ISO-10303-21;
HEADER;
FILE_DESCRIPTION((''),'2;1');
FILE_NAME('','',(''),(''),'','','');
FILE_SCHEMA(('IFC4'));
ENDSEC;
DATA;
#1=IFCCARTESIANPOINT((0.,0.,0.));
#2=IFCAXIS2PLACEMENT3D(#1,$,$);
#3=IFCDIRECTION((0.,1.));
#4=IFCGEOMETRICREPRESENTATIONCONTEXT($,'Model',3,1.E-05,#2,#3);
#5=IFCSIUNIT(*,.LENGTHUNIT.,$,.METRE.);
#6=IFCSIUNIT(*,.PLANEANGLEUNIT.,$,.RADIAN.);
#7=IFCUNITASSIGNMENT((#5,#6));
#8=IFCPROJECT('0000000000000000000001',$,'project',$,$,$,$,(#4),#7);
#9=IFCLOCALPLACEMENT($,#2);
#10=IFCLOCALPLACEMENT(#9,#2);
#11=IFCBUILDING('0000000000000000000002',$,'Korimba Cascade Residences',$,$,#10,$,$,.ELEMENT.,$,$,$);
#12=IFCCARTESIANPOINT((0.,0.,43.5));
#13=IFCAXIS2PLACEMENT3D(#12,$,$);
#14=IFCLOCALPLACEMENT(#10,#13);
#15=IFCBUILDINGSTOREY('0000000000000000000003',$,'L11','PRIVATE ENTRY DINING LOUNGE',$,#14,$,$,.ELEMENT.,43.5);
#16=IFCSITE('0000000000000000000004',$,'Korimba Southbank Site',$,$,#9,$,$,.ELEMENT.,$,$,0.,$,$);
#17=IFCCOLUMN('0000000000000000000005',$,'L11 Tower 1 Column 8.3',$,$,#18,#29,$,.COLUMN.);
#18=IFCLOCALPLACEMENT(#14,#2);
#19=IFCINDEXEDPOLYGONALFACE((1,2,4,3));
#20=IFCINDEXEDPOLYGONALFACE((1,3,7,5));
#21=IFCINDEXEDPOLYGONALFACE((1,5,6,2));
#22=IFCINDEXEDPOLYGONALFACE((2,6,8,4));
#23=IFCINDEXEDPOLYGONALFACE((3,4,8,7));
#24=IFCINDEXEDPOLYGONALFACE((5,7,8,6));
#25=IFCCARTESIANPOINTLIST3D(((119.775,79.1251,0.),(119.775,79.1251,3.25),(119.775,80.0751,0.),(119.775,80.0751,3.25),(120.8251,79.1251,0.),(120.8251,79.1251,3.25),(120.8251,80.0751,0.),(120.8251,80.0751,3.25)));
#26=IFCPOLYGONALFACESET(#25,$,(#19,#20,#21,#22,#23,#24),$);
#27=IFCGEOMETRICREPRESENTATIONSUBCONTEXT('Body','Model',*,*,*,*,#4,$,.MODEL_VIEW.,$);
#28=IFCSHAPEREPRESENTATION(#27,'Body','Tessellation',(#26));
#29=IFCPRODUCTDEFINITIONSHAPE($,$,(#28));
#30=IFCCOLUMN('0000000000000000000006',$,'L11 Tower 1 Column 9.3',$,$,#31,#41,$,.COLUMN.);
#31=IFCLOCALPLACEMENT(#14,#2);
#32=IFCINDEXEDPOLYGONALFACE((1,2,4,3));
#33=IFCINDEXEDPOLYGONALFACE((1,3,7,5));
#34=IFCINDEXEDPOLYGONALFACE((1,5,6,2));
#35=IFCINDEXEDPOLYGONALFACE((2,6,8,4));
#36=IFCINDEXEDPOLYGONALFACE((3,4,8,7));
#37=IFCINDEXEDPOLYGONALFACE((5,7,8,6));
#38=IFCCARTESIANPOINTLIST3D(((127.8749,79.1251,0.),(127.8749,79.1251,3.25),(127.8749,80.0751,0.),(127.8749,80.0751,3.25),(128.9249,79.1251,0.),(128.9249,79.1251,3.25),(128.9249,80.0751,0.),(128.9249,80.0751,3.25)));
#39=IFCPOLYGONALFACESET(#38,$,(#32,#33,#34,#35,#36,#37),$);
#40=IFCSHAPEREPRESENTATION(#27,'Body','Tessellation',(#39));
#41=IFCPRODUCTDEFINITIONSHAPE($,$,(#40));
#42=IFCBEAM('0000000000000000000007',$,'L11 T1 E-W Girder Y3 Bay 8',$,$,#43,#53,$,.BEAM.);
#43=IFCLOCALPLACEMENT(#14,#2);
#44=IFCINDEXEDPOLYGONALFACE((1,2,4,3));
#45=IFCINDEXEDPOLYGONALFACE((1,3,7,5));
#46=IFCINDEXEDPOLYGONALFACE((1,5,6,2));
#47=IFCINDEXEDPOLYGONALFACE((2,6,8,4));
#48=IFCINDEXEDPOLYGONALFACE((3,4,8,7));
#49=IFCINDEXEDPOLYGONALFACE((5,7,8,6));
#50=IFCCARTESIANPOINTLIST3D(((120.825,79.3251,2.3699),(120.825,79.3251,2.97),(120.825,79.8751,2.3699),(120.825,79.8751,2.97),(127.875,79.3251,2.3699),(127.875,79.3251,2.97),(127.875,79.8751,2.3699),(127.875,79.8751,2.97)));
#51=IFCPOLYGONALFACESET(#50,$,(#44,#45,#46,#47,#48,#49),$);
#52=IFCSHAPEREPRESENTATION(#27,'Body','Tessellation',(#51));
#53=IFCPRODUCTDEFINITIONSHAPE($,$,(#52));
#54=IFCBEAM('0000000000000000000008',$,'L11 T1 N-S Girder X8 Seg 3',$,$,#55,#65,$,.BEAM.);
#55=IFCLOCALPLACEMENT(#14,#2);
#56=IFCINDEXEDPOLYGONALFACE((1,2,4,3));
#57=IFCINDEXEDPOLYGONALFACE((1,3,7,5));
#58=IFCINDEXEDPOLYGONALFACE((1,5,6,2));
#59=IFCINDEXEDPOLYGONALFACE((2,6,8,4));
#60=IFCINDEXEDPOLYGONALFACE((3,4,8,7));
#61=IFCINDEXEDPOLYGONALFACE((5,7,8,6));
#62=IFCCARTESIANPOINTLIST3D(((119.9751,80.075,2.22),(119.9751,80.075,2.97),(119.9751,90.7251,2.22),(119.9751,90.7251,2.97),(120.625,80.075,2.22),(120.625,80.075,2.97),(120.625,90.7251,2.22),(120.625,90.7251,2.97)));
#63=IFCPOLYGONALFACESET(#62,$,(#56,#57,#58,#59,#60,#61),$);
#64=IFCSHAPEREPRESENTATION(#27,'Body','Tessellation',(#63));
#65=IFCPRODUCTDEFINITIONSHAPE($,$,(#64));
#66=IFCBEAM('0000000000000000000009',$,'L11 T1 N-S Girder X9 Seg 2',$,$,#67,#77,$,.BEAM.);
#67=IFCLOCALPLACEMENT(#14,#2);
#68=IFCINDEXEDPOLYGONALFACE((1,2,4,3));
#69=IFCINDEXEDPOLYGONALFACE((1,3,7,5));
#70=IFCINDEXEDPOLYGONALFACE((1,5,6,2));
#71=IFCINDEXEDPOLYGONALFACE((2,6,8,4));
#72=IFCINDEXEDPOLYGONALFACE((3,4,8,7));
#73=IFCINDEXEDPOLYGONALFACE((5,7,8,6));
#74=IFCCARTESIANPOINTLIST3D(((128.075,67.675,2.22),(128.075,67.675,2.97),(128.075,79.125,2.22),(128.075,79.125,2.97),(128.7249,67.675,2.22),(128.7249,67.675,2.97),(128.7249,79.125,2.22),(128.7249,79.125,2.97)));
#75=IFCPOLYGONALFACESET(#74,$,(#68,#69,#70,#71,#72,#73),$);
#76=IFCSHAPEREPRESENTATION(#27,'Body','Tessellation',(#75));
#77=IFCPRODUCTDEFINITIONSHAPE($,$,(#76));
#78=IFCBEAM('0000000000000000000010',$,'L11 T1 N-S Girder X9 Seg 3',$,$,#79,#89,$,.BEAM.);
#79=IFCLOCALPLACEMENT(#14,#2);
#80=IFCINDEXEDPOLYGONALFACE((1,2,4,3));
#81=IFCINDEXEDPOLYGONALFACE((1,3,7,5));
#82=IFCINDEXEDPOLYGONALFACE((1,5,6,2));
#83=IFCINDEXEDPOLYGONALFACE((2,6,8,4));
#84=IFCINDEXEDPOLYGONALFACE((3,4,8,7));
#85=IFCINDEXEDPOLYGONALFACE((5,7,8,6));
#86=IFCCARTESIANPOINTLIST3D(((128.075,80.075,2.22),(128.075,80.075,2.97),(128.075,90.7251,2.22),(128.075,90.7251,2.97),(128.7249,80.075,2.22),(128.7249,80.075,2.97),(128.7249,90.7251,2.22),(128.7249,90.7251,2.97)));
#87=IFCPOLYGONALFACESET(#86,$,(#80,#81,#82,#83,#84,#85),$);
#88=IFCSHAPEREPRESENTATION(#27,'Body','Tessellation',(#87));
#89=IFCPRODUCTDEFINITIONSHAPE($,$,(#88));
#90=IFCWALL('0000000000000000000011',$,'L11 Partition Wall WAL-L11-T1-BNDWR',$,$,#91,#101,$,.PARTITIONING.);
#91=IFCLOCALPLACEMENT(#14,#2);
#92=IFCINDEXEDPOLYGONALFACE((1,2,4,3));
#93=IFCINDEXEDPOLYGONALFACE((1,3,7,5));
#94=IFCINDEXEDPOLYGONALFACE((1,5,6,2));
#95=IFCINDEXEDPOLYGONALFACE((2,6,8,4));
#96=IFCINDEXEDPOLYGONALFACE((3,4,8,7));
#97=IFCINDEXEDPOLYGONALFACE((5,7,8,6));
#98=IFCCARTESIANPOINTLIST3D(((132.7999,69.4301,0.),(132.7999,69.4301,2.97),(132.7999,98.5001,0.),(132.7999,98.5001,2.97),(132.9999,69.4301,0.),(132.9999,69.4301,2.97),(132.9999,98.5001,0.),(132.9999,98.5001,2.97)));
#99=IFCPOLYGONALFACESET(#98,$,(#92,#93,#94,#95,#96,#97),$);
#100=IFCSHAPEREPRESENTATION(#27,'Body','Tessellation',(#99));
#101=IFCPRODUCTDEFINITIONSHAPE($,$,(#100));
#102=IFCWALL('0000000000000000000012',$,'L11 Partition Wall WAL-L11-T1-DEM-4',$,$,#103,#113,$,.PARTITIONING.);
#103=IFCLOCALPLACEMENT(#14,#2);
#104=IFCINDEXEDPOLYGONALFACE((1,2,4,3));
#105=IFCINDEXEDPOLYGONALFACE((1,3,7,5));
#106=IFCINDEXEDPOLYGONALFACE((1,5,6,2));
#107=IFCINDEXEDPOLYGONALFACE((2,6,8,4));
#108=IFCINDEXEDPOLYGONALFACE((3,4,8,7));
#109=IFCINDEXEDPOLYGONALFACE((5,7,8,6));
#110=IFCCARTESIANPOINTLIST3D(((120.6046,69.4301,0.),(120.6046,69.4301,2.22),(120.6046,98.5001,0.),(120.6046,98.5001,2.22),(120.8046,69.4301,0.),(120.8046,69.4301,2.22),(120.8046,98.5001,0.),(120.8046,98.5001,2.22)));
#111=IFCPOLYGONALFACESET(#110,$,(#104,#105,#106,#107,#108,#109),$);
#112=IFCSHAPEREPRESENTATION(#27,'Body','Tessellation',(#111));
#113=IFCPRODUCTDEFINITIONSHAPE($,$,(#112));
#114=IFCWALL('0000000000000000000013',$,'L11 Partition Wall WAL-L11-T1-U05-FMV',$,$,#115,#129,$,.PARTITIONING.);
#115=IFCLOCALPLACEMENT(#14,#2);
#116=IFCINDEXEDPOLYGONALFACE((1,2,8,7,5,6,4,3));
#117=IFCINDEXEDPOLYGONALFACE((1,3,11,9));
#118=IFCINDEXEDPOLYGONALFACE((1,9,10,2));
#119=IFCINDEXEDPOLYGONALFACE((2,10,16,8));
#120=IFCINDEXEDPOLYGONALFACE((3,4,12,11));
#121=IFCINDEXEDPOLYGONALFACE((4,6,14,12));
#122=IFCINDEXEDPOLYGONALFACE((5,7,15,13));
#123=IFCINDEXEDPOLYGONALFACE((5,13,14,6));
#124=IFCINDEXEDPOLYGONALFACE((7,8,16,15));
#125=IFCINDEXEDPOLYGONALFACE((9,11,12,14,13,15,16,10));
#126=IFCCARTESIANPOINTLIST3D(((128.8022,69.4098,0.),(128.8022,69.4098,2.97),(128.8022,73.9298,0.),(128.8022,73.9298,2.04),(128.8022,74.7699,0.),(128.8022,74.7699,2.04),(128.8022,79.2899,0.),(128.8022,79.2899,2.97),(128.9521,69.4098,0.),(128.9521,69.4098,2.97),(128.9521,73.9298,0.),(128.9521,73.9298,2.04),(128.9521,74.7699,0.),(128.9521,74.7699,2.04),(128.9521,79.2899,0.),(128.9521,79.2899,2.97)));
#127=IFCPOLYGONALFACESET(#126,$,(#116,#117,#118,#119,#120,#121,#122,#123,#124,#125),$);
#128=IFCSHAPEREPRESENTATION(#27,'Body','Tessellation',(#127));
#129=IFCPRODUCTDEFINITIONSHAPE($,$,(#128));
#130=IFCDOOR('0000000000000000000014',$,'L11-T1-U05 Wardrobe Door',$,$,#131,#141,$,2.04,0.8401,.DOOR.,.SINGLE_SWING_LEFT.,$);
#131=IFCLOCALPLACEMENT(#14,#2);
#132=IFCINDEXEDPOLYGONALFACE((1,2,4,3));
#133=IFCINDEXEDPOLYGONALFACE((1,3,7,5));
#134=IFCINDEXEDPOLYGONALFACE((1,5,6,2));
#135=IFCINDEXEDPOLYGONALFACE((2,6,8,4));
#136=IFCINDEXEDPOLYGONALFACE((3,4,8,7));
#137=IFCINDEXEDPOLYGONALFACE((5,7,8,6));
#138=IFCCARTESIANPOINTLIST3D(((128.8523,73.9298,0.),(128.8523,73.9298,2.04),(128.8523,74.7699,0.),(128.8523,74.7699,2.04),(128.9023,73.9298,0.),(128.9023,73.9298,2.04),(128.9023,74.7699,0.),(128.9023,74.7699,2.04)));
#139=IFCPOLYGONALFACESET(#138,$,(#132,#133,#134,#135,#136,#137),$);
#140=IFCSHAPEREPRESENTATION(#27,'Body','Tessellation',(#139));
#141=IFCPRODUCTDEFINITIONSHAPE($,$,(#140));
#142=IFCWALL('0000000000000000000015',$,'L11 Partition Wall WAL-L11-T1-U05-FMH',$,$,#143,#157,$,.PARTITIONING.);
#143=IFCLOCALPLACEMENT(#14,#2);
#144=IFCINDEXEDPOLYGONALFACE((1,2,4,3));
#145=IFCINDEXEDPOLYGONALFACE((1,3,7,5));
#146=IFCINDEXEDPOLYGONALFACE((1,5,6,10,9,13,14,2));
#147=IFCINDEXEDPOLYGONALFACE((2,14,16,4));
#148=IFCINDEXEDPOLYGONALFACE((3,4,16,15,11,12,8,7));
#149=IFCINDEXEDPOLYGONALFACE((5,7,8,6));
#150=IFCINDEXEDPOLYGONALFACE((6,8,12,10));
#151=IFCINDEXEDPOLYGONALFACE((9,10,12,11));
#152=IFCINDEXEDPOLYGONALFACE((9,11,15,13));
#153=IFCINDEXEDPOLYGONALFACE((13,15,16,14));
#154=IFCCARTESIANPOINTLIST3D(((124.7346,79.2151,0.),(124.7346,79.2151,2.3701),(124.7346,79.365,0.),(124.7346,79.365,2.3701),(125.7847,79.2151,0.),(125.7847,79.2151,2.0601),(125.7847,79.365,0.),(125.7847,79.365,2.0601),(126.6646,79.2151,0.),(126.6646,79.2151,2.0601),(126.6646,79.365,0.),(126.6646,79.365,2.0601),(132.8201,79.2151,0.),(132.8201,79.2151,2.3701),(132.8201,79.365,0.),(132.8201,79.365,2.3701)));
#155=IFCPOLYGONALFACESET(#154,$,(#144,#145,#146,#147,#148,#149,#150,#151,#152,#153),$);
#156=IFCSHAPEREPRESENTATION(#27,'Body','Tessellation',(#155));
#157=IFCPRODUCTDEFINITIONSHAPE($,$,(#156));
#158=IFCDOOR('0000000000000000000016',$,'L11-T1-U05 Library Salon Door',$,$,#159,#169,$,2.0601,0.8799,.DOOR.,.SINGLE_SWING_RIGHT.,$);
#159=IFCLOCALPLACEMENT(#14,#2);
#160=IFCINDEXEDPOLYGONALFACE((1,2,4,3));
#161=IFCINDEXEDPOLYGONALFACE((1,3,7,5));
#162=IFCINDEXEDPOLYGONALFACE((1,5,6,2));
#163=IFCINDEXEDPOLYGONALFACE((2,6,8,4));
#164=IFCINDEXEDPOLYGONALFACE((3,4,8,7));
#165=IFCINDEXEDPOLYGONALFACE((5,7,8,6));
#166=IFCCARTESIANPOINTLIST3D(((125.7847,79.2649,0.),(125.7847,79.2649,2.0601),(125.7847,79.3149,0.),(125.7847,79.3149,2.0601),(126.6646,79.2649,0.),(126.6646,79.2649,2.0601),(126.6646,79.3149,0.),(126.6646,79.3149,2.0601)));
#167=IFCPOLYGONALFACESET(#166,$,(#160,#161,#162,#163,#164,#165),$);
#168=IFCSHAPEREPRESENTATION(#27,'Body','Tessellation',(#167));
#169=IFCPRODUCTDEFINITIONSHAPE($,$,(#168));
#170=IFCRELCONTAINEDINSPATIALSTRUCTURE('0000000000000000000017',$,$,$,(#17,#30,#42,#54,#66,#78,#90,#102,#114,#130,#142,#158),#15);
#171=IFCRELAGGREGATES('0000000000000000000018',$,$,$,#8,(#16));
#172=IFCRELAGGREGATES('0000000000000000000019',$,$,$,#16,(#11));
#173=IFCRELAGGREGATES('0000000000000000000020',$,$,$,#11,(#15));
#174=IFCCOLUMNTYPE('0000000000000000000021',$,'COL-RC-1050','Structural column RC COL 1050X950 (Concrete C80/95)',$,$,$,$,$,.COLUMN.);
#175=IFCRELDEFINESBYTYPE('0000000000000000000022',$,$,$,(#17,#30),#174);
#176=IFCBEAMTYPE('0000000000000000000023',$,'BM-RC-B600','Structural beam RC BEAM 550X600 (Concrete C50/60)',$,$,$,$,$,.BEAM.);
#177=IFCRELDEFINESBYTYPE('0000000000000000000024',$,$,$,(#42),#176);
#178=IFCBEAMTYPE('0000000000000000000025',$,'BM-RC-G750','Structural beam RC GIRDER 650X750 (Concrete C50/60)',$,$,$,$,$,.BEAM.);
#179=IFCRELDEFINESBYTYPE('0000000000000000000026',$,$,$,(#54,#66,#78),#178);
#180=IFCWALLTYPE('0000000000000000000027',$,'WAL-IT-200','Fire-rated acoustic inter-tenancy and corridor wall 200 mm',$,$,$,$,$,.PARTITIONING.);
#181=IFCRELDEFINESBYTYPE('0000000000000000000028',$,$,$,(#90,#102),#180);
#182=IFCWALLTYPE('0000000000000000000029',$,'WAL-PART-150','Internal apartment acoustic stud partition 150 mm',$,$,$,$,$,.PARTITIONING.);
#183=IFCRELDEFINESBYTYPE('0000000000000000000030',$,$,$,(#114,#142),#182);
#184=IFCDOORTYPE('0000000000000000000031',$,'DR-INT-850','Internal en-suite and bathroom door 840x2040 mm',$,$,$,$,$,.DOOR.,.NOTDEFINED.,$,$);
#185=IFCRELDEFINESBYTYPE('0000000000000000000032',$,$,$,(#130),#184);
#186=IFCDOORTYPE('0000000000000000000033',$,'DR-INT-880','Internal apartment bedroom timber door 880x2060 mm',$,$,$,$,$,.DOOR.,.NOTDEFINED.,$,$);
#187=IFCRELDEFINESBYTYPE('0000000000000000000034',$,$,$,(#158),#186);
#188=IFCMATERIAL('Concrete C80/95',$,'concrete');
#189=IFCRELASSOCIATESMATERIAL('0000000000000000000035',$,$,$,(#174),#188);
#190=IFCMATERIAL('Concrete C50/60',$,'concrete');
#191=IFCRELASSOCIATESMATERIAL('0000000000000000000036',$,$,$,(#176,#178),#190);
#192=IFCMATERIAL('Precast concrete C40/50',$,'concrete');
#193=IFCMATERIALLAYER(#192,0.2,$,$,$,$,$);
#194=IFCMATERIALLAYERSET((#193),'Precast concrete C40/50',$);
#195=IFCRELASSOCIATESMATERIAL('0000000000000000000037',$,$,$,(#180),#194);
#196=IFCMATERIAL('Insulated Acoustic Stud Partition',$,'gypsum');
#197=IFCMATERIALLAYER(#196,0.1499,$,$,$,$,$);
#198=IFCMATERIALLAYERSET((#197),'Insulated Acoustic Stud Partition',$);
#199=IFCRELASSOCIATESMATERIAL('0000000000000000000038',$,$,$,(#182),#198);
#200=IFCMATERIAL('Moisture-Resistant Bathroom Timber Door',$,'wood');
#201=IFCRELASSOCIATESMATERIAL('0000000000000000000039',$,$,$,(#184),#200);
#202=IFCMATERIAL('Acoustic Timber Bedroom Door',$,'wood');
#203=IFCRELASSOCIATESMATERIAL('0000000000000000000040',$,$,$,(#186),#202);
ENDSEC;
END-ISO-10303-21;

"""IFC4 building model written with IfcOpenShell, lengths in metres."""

from ifc_helpers import new_model, si_unit, direction, frame, frame_2d, origin, origin_2d, place, context, subcontext, project, spatial, rectangle, extrude, material, layer, layer_set, material_profile, profile_set, type_object, element, fill, save


model = new_model("IFC4")

# Units and contexts
model_context = context("Model", 3, precision=1e-05, world=origin(), true_north=direction((0.0, 1.0)))
body_context = subcontext(model_context, "Body", "Model", "MODEL_VIEW")
ifc_project = project(units=[si_unit("LENGTHUNIT", "METRE"), si_unit("PLANEANGLEUNIT", "RADIAN")], contexts=[model_context])

# Site, building, storey
site_placement = place(None, origin())
site = spatial("IfcSite", under=ifc_project, at=site_placement, Name="Korimba Southbank Site", CompositionType="ELEMENT", RefElevation=0.0)
building_placement = place(site_placement, origin())
building = spatial("IfcBuilding", under=site, at=building_placement, Name="Korimba Cascade Residences", CompositionType="ELEMENT")
storey_placement = place(building_placement, frame((0.0, 0.0, 43.5)))
storey = spatial("IfcBuildingStorey", under=building, at=storey_placement, Name="L11", Description="PRIVATE ENTRY DINING LOUNGE", CompositionType="ELEMENT", Elevation=43.5)

# Columns
ifc_material_1 = material(Name="Concrete C80/95", Category="concrete")
ifc_material_profile_1 = material_profile(ifc_material_1, rectangle(XDim=1.05, YDim=0.95, at=origin_2d()), Name="Concrete C80/95")
ifc_profile_set_1 = profile_set([ifc_material_profile_1], Name="Concrete C80/95")
column_type = type_object("IfcColumnType", Name="COL-RC-1050", Description="Structural column RC COL 1050X950 (Concrete C80/95)", PredefinedType="COLUMN", material=ifc_profile_set_1)
for number, where, z_axis, x_axis, name in (
    (1, (120.3, 79.6001, 0.0), (0.0, 0.0, 1.0), (1.0, 0.0, 0.0), "L11 Tower 1 Column 8.3"),
    (2, (128.3999, 79.6001, 0.0), (0.0, 0.0, 1.0), (1.0, 0.0, 0.0), "L11 Tower 1 Column 9.3"),
):
    element("IfcColumn", number, at=place(storey_placement, frame(where, z_axis=z_axis, x_axis=x_axis)), inside=storey, type_object=column_type, Name=name, PredefinedType="COLUMN", context=body_context, shape_type="SweptSolid", body=[
        extrude(rectangle(XDim=1.05, YDim=0.95, at=origin_2d()), origin(), (0.0, 0.0, 1.0), 3.25),
    ])

# Beams
ifc_material_2 = material(Name="Concrete C50/60", Category="concrete")
ifc_material_profile_2 = material_profile(ifc_material_2, rectangle(XDim=0.55, YDim=0.6001, at=origin_2d()), Name="Concrete C50/60")
ifc_profile_set_2 = profile_set([ifc_material_profile_2], Name="Concrete C50/60")
beam_type_1 = type_object("IfcBeamType", Name="BM-RC-B600", Description="Structural beam RC BEAM 550X600 (Concrete C50/60)", PredefinedType="BEAM", material=ifc_profile_set_2)
beam_1_placement = place(storey_placement, frame((120.825, 79.6001, 2.6699), z_axis=(1.0, 0.0, 0.0), x_axis=(0.0, 1.0, 0.0)))
element("IfcBeam", 3, at=beam_1_placement, inside=storey, type_object=beam_type_1, Name="L11 T1 E-W Girder Y3 Bay 8", PredefinedType="BEAM", context=body_context, shape_type="SweptSolid", body=[
    extrude(rectangle(XDim=0.55, YDim=0.6001, at=origin_2d()), origin(), (0.0, 0.0, 1.0), 7.05),
])
ifc_material_profile_3 = material_profile(ifc_material_2, rectangle(XDim=0.6499, YDim=0.75, at=origin_2d()), Name="Concrete C50/60")
ifc_profile_set_3 = profile_set([ifc_material_profile_3], Name="Concrete C50/60")
beam_type_2 = type_object("IfcBeamType", Name="BM-RC-G750", Description="Structural beam RC GIRDER 650X750 (Concrete C50/60)", PredefinedType="BEAM", material=ifc_profile_set_3)
beam_2_placement = place(storey_placement, frame((120.3, 80.075, 2.595), z_axis=(0.0, 1.0, 0.0), x_axis=(-1.0, 0.0, 0.0)))
element("IfcBeam", 4, at=beam_2_placement, inside=storey, type_object=beam_type_2, Name="L11 T1 N-S Girder X8 Seg 3", PredefinedType="BEAM", context=body_context, shape_type="SweptSolid", body=[
    extrude(rectangle(XDim=0.6499, YDim=0.75, at=origin_2d()), origin(), (0.0, 0.0, 1.0), 10.6501),
])
beam_3_placement = place(storey_placement, frame((128.3999, 67.675, 2.595), z_axis=(0.0, 1.0, 0.0), x_axis=(-1.0, 0.0, 0.0)))
element("IfcBeam", 5, at=beam_3_placement, inside=storey, type_object=beam_type_2, Name="L11 T1 N-S Girder X9 Seg 2", PredefinedType="BEAM", context=body_context, shape_type="SweptSolid", body=[
    extrude(rectangle(XDim=0.6499, YDim=0.75, at=origin_2d()), origin(), (0.0, 0.0, 1.0), 11.45),
])
beam_4_placement = place(storey_placement, frame((128.3999, 80.075, 2.595), z_axis=(0.0, 1.0, 0.0), x_axis=(-1.0, 0.0, 0.0)))
element("IfcBeam", 6, at=beam_4_placement, inside=storey, type_object=beam_type_2, Name="L11 T1 N-S Girder X9 Seg 3", PredefinedType="BEAM", context=body_context, shape_type="SweptSolid", body=[
    extrude(rectangle(XDim=0.6499, YDim=0.75, at=origin_2d()), origin(), (0.0, 0.0, 1.0), 10.6501),
])

# Walls
ifc_material_3 = material(Name="Precast concrete C40/50", Category="concrete")
ifc_layer_1 = layer(ifc_material_3, 0.2)
ifc_layer_set_1 = layer_set([ifc_layer_1], Name="Precast concrete C40/50")
wall_type_1 = type_object("IfcWallType", Name="WAL-IT-200", Description="Fire-rated acoustic inter-tenancy and corridor wall 200 mm", PredefinedType="PARTITIONING", material=ifc_layer_set_1)
wall_1_placement = place(storey_placement, frame((132.8999, 69.4299, 0.0), z_axis=(0.0, 0.0, 1.0), x_axis=(0.0, 1.0, 0.0)))
element("IfcWall", 7, at=wall_1_placement, inside=storey, type_object=wall_type_1, Name="L11 Partition Wall WAL-L11-T1-BNDWR", PredefinedType="PARTITIONING", context=body_context, shape_type="SweptSolid", body=[
    extrude(rectangle(XDim=29.0701, YDim=0.2, at=frame_2d((14.5352, 0.0))), origin(), (0.0, 0.0, 1.0), 2.97),
])
wall_2_placement = place(storey_placement, frame((120.7046, 69.4299, 0.0), z_axis=(0.0, 0.0, 1.0), x_axis=(0.0, 1.0, 0.0)))
element("IfcWall", 8, at=wall_2_placement, inside=storey, type_object=wall_type_1, Name="L11 Partition Wall WAL-L11-T1-DEM-4", PredefinedType="PARTITIONING", context=body_context, shape_type="SweptSolid", body=[
    extrude(rectangle(XDim=29.0701, YDim=0.2, at=frame_2d((14.5352, 0.0))), origin(), (0.0, 0.0, 1.0), 2.22),
])

# Walls, openings, doors
ifc_material_4 = material(Name="Insulated Acoustic Stud Partition", Category="gypsum")
ifc_layer_2 = layer(ifc_material_4, 0.1499)
ifc_layer_set_2 = layer_set([ifc_layer_2], Name="Insulated Acoustic Stud Partition")
wall_type_2 = type_object("IfcWallType", Name="WAL-PART-150", Description="Internal apartment acoustic stud partition 150 mm", PredefinedType="PARTITIONING", material=ifc_layer_set_2)
wall_3_placement = place(storey_placement, frame((128.8772, 69.4099, 0.0), z_axis=(0.0, 0.0, 1.0), x_axis=(0.0, 1.0, 0.0)))
wall_3 = element("IfcWall", 9, at=wall_3_placement, inside=storey, type_object=wall_type_2, Name="L11 Partition Wall WAL-L11-T1-U05-FMV", PredefinedType="PARTITIONING", context=body_context, shape_type="SweptSolid", body=[
    extrude(rectangle(XDim=9.8801, YDim=0.1499, at=frame_2d((4.9399, 0.0))), origin(), (0.0, 0.0, 1.0), 2.97),
])
opening_1_placement = place(wall_3_placement, frame((4.52, 0.0, 0.0)))
opening_1 = element("IfcOpeningElement", 10, at=opening_1_placement, cuts=wall_3, PredefinedType="OPENING", context=body_context, shape_type="SweptSolid", body=[
    extrude(rectangle(XDim=0.8401, YDim=2.04, at=frame_2d((0.4199, 1.02))), frame((0.0, 0.085, 0.0), z_axis=(0.0, -1.0, 0.0), x_axis=(1.0, 0.0, 0.0)), (0.0, 0.0, 1.0), 0.1699),
])
ifc_material_5 = material(Name="Moisture-Resistant Bathroom Timber Door", Category="wood")
door_type_1 = type_object("IfcDoorType", Name="DR-INT-850", Description="Internal en-suite and bathroom door 840x2040 mm", OperationType="NOTDEFINED", PredefinedType="DOOR", material=ifc_material_5)
door_1_placement = place(opening_1_placement, origin())
door_1 = element("IfcDoor", 11, at=door_1_placement, inside=storey, type_object=door_type_1, Name="L11-T1-U05 Wardrobe Door", OperationType="SINGLE_SWING_LEFT", OverallHeight=2.04, OverallWidth=0.8401, PredefinedType="DOOR", context=body_context, shape_type="SweptSolid", body=[
    extrude(rectangle(XDim=0.8401, YDim=2.04, at=frame_2d((0.4199, 1.02))), frame((0.0, 0.0249, 0.0), z_axis=(0.0, -1.0, 0.0), x_axis=(1.0, 0.0, 0.0)), (0.0, 0.0, 1.0), 0.05),
])
fill(opening_1, door_1)
wall_4_placement = place(storey_placement, frame((124.7346, 79.29, 0.0), z_axis=(0.0, 0.0, 1.0), x_axis=(1.0, 0.0, 0.0)))
wall_4 = element("IfcWall", 12, at=wall_4_placement, inside=storey, type_object=wall_type_2, Name="L11 Partition Wall WAL-L11-T1-U05-FMH", PredefinedType="PARTITIONING", context=body_context, shape_type="SweptSolid", body=[
    extrude(rectangle(XDim=8.0854, YDim=0.1499, at=frame_2d((4.0427, 0.0))), origin(), (0.0, 0.0, 1.0), 2.3701),
])
opening_2_placement = place(wall_4_placement, frame((1.05, 0.0, 0.0)))
opening_2 = element("IfcOpeningElement", 13, at=opening_2_placement, cuts=wall_4, PredefinedType="OPENING", context=body_context, shape_type="SweptSolid", body=[
    extrude(rectangle(XDim=0.8799, YDim=2.0601, at=frame_2d((0.4399, 1.03))), frame((0.0, 0.085, 0.0), z_axis=(0.0, -1.0, 0.0), x_axis=(1.0, 0.0, 0.0)), (0.0, 0.0, 1.0), 0.1699),
])
ifc_material_6 = material(Name="Acoustic Timber Bedroom Door", Category="wood")
door_type_2 = type_object("IfcDoorType", Name="DR-INT-880", Description="Internal apartment bedroom timber door 880x2060 mm", OperationType="NOTDEFINED", PredefinedType="DOOR", material=ifc_material_6)
door_2_placement = place(opening_2_placement, origin())
door_2 = element("IfcDoor", 14, at=door_2_placement, inside=storey, type_object=door_type_2, Name="L11-T1-U05 Library Salon Door", OperationType="SINGLE_SWING_RIGHT", OverallHeight=2.0601, OverallWidth=0.8799, PredefinedType="DOOR", context=body_context, shape_type="SweptSolid", body=[
    extrude(rectangle(XDim=0.8799, YDim=2.0601, at=frame_2d((0.4399, 1.03))), frame((0.0, 0.0249, 0.0), z_axis=(0.0, -1.0, 0.0), x_axis=(1.0, 0.0, 0.0)), (0.0, 0.0, 1.0), 0.05),
])
fill(opening_2, door_2)

save(model, "model.ifc")
